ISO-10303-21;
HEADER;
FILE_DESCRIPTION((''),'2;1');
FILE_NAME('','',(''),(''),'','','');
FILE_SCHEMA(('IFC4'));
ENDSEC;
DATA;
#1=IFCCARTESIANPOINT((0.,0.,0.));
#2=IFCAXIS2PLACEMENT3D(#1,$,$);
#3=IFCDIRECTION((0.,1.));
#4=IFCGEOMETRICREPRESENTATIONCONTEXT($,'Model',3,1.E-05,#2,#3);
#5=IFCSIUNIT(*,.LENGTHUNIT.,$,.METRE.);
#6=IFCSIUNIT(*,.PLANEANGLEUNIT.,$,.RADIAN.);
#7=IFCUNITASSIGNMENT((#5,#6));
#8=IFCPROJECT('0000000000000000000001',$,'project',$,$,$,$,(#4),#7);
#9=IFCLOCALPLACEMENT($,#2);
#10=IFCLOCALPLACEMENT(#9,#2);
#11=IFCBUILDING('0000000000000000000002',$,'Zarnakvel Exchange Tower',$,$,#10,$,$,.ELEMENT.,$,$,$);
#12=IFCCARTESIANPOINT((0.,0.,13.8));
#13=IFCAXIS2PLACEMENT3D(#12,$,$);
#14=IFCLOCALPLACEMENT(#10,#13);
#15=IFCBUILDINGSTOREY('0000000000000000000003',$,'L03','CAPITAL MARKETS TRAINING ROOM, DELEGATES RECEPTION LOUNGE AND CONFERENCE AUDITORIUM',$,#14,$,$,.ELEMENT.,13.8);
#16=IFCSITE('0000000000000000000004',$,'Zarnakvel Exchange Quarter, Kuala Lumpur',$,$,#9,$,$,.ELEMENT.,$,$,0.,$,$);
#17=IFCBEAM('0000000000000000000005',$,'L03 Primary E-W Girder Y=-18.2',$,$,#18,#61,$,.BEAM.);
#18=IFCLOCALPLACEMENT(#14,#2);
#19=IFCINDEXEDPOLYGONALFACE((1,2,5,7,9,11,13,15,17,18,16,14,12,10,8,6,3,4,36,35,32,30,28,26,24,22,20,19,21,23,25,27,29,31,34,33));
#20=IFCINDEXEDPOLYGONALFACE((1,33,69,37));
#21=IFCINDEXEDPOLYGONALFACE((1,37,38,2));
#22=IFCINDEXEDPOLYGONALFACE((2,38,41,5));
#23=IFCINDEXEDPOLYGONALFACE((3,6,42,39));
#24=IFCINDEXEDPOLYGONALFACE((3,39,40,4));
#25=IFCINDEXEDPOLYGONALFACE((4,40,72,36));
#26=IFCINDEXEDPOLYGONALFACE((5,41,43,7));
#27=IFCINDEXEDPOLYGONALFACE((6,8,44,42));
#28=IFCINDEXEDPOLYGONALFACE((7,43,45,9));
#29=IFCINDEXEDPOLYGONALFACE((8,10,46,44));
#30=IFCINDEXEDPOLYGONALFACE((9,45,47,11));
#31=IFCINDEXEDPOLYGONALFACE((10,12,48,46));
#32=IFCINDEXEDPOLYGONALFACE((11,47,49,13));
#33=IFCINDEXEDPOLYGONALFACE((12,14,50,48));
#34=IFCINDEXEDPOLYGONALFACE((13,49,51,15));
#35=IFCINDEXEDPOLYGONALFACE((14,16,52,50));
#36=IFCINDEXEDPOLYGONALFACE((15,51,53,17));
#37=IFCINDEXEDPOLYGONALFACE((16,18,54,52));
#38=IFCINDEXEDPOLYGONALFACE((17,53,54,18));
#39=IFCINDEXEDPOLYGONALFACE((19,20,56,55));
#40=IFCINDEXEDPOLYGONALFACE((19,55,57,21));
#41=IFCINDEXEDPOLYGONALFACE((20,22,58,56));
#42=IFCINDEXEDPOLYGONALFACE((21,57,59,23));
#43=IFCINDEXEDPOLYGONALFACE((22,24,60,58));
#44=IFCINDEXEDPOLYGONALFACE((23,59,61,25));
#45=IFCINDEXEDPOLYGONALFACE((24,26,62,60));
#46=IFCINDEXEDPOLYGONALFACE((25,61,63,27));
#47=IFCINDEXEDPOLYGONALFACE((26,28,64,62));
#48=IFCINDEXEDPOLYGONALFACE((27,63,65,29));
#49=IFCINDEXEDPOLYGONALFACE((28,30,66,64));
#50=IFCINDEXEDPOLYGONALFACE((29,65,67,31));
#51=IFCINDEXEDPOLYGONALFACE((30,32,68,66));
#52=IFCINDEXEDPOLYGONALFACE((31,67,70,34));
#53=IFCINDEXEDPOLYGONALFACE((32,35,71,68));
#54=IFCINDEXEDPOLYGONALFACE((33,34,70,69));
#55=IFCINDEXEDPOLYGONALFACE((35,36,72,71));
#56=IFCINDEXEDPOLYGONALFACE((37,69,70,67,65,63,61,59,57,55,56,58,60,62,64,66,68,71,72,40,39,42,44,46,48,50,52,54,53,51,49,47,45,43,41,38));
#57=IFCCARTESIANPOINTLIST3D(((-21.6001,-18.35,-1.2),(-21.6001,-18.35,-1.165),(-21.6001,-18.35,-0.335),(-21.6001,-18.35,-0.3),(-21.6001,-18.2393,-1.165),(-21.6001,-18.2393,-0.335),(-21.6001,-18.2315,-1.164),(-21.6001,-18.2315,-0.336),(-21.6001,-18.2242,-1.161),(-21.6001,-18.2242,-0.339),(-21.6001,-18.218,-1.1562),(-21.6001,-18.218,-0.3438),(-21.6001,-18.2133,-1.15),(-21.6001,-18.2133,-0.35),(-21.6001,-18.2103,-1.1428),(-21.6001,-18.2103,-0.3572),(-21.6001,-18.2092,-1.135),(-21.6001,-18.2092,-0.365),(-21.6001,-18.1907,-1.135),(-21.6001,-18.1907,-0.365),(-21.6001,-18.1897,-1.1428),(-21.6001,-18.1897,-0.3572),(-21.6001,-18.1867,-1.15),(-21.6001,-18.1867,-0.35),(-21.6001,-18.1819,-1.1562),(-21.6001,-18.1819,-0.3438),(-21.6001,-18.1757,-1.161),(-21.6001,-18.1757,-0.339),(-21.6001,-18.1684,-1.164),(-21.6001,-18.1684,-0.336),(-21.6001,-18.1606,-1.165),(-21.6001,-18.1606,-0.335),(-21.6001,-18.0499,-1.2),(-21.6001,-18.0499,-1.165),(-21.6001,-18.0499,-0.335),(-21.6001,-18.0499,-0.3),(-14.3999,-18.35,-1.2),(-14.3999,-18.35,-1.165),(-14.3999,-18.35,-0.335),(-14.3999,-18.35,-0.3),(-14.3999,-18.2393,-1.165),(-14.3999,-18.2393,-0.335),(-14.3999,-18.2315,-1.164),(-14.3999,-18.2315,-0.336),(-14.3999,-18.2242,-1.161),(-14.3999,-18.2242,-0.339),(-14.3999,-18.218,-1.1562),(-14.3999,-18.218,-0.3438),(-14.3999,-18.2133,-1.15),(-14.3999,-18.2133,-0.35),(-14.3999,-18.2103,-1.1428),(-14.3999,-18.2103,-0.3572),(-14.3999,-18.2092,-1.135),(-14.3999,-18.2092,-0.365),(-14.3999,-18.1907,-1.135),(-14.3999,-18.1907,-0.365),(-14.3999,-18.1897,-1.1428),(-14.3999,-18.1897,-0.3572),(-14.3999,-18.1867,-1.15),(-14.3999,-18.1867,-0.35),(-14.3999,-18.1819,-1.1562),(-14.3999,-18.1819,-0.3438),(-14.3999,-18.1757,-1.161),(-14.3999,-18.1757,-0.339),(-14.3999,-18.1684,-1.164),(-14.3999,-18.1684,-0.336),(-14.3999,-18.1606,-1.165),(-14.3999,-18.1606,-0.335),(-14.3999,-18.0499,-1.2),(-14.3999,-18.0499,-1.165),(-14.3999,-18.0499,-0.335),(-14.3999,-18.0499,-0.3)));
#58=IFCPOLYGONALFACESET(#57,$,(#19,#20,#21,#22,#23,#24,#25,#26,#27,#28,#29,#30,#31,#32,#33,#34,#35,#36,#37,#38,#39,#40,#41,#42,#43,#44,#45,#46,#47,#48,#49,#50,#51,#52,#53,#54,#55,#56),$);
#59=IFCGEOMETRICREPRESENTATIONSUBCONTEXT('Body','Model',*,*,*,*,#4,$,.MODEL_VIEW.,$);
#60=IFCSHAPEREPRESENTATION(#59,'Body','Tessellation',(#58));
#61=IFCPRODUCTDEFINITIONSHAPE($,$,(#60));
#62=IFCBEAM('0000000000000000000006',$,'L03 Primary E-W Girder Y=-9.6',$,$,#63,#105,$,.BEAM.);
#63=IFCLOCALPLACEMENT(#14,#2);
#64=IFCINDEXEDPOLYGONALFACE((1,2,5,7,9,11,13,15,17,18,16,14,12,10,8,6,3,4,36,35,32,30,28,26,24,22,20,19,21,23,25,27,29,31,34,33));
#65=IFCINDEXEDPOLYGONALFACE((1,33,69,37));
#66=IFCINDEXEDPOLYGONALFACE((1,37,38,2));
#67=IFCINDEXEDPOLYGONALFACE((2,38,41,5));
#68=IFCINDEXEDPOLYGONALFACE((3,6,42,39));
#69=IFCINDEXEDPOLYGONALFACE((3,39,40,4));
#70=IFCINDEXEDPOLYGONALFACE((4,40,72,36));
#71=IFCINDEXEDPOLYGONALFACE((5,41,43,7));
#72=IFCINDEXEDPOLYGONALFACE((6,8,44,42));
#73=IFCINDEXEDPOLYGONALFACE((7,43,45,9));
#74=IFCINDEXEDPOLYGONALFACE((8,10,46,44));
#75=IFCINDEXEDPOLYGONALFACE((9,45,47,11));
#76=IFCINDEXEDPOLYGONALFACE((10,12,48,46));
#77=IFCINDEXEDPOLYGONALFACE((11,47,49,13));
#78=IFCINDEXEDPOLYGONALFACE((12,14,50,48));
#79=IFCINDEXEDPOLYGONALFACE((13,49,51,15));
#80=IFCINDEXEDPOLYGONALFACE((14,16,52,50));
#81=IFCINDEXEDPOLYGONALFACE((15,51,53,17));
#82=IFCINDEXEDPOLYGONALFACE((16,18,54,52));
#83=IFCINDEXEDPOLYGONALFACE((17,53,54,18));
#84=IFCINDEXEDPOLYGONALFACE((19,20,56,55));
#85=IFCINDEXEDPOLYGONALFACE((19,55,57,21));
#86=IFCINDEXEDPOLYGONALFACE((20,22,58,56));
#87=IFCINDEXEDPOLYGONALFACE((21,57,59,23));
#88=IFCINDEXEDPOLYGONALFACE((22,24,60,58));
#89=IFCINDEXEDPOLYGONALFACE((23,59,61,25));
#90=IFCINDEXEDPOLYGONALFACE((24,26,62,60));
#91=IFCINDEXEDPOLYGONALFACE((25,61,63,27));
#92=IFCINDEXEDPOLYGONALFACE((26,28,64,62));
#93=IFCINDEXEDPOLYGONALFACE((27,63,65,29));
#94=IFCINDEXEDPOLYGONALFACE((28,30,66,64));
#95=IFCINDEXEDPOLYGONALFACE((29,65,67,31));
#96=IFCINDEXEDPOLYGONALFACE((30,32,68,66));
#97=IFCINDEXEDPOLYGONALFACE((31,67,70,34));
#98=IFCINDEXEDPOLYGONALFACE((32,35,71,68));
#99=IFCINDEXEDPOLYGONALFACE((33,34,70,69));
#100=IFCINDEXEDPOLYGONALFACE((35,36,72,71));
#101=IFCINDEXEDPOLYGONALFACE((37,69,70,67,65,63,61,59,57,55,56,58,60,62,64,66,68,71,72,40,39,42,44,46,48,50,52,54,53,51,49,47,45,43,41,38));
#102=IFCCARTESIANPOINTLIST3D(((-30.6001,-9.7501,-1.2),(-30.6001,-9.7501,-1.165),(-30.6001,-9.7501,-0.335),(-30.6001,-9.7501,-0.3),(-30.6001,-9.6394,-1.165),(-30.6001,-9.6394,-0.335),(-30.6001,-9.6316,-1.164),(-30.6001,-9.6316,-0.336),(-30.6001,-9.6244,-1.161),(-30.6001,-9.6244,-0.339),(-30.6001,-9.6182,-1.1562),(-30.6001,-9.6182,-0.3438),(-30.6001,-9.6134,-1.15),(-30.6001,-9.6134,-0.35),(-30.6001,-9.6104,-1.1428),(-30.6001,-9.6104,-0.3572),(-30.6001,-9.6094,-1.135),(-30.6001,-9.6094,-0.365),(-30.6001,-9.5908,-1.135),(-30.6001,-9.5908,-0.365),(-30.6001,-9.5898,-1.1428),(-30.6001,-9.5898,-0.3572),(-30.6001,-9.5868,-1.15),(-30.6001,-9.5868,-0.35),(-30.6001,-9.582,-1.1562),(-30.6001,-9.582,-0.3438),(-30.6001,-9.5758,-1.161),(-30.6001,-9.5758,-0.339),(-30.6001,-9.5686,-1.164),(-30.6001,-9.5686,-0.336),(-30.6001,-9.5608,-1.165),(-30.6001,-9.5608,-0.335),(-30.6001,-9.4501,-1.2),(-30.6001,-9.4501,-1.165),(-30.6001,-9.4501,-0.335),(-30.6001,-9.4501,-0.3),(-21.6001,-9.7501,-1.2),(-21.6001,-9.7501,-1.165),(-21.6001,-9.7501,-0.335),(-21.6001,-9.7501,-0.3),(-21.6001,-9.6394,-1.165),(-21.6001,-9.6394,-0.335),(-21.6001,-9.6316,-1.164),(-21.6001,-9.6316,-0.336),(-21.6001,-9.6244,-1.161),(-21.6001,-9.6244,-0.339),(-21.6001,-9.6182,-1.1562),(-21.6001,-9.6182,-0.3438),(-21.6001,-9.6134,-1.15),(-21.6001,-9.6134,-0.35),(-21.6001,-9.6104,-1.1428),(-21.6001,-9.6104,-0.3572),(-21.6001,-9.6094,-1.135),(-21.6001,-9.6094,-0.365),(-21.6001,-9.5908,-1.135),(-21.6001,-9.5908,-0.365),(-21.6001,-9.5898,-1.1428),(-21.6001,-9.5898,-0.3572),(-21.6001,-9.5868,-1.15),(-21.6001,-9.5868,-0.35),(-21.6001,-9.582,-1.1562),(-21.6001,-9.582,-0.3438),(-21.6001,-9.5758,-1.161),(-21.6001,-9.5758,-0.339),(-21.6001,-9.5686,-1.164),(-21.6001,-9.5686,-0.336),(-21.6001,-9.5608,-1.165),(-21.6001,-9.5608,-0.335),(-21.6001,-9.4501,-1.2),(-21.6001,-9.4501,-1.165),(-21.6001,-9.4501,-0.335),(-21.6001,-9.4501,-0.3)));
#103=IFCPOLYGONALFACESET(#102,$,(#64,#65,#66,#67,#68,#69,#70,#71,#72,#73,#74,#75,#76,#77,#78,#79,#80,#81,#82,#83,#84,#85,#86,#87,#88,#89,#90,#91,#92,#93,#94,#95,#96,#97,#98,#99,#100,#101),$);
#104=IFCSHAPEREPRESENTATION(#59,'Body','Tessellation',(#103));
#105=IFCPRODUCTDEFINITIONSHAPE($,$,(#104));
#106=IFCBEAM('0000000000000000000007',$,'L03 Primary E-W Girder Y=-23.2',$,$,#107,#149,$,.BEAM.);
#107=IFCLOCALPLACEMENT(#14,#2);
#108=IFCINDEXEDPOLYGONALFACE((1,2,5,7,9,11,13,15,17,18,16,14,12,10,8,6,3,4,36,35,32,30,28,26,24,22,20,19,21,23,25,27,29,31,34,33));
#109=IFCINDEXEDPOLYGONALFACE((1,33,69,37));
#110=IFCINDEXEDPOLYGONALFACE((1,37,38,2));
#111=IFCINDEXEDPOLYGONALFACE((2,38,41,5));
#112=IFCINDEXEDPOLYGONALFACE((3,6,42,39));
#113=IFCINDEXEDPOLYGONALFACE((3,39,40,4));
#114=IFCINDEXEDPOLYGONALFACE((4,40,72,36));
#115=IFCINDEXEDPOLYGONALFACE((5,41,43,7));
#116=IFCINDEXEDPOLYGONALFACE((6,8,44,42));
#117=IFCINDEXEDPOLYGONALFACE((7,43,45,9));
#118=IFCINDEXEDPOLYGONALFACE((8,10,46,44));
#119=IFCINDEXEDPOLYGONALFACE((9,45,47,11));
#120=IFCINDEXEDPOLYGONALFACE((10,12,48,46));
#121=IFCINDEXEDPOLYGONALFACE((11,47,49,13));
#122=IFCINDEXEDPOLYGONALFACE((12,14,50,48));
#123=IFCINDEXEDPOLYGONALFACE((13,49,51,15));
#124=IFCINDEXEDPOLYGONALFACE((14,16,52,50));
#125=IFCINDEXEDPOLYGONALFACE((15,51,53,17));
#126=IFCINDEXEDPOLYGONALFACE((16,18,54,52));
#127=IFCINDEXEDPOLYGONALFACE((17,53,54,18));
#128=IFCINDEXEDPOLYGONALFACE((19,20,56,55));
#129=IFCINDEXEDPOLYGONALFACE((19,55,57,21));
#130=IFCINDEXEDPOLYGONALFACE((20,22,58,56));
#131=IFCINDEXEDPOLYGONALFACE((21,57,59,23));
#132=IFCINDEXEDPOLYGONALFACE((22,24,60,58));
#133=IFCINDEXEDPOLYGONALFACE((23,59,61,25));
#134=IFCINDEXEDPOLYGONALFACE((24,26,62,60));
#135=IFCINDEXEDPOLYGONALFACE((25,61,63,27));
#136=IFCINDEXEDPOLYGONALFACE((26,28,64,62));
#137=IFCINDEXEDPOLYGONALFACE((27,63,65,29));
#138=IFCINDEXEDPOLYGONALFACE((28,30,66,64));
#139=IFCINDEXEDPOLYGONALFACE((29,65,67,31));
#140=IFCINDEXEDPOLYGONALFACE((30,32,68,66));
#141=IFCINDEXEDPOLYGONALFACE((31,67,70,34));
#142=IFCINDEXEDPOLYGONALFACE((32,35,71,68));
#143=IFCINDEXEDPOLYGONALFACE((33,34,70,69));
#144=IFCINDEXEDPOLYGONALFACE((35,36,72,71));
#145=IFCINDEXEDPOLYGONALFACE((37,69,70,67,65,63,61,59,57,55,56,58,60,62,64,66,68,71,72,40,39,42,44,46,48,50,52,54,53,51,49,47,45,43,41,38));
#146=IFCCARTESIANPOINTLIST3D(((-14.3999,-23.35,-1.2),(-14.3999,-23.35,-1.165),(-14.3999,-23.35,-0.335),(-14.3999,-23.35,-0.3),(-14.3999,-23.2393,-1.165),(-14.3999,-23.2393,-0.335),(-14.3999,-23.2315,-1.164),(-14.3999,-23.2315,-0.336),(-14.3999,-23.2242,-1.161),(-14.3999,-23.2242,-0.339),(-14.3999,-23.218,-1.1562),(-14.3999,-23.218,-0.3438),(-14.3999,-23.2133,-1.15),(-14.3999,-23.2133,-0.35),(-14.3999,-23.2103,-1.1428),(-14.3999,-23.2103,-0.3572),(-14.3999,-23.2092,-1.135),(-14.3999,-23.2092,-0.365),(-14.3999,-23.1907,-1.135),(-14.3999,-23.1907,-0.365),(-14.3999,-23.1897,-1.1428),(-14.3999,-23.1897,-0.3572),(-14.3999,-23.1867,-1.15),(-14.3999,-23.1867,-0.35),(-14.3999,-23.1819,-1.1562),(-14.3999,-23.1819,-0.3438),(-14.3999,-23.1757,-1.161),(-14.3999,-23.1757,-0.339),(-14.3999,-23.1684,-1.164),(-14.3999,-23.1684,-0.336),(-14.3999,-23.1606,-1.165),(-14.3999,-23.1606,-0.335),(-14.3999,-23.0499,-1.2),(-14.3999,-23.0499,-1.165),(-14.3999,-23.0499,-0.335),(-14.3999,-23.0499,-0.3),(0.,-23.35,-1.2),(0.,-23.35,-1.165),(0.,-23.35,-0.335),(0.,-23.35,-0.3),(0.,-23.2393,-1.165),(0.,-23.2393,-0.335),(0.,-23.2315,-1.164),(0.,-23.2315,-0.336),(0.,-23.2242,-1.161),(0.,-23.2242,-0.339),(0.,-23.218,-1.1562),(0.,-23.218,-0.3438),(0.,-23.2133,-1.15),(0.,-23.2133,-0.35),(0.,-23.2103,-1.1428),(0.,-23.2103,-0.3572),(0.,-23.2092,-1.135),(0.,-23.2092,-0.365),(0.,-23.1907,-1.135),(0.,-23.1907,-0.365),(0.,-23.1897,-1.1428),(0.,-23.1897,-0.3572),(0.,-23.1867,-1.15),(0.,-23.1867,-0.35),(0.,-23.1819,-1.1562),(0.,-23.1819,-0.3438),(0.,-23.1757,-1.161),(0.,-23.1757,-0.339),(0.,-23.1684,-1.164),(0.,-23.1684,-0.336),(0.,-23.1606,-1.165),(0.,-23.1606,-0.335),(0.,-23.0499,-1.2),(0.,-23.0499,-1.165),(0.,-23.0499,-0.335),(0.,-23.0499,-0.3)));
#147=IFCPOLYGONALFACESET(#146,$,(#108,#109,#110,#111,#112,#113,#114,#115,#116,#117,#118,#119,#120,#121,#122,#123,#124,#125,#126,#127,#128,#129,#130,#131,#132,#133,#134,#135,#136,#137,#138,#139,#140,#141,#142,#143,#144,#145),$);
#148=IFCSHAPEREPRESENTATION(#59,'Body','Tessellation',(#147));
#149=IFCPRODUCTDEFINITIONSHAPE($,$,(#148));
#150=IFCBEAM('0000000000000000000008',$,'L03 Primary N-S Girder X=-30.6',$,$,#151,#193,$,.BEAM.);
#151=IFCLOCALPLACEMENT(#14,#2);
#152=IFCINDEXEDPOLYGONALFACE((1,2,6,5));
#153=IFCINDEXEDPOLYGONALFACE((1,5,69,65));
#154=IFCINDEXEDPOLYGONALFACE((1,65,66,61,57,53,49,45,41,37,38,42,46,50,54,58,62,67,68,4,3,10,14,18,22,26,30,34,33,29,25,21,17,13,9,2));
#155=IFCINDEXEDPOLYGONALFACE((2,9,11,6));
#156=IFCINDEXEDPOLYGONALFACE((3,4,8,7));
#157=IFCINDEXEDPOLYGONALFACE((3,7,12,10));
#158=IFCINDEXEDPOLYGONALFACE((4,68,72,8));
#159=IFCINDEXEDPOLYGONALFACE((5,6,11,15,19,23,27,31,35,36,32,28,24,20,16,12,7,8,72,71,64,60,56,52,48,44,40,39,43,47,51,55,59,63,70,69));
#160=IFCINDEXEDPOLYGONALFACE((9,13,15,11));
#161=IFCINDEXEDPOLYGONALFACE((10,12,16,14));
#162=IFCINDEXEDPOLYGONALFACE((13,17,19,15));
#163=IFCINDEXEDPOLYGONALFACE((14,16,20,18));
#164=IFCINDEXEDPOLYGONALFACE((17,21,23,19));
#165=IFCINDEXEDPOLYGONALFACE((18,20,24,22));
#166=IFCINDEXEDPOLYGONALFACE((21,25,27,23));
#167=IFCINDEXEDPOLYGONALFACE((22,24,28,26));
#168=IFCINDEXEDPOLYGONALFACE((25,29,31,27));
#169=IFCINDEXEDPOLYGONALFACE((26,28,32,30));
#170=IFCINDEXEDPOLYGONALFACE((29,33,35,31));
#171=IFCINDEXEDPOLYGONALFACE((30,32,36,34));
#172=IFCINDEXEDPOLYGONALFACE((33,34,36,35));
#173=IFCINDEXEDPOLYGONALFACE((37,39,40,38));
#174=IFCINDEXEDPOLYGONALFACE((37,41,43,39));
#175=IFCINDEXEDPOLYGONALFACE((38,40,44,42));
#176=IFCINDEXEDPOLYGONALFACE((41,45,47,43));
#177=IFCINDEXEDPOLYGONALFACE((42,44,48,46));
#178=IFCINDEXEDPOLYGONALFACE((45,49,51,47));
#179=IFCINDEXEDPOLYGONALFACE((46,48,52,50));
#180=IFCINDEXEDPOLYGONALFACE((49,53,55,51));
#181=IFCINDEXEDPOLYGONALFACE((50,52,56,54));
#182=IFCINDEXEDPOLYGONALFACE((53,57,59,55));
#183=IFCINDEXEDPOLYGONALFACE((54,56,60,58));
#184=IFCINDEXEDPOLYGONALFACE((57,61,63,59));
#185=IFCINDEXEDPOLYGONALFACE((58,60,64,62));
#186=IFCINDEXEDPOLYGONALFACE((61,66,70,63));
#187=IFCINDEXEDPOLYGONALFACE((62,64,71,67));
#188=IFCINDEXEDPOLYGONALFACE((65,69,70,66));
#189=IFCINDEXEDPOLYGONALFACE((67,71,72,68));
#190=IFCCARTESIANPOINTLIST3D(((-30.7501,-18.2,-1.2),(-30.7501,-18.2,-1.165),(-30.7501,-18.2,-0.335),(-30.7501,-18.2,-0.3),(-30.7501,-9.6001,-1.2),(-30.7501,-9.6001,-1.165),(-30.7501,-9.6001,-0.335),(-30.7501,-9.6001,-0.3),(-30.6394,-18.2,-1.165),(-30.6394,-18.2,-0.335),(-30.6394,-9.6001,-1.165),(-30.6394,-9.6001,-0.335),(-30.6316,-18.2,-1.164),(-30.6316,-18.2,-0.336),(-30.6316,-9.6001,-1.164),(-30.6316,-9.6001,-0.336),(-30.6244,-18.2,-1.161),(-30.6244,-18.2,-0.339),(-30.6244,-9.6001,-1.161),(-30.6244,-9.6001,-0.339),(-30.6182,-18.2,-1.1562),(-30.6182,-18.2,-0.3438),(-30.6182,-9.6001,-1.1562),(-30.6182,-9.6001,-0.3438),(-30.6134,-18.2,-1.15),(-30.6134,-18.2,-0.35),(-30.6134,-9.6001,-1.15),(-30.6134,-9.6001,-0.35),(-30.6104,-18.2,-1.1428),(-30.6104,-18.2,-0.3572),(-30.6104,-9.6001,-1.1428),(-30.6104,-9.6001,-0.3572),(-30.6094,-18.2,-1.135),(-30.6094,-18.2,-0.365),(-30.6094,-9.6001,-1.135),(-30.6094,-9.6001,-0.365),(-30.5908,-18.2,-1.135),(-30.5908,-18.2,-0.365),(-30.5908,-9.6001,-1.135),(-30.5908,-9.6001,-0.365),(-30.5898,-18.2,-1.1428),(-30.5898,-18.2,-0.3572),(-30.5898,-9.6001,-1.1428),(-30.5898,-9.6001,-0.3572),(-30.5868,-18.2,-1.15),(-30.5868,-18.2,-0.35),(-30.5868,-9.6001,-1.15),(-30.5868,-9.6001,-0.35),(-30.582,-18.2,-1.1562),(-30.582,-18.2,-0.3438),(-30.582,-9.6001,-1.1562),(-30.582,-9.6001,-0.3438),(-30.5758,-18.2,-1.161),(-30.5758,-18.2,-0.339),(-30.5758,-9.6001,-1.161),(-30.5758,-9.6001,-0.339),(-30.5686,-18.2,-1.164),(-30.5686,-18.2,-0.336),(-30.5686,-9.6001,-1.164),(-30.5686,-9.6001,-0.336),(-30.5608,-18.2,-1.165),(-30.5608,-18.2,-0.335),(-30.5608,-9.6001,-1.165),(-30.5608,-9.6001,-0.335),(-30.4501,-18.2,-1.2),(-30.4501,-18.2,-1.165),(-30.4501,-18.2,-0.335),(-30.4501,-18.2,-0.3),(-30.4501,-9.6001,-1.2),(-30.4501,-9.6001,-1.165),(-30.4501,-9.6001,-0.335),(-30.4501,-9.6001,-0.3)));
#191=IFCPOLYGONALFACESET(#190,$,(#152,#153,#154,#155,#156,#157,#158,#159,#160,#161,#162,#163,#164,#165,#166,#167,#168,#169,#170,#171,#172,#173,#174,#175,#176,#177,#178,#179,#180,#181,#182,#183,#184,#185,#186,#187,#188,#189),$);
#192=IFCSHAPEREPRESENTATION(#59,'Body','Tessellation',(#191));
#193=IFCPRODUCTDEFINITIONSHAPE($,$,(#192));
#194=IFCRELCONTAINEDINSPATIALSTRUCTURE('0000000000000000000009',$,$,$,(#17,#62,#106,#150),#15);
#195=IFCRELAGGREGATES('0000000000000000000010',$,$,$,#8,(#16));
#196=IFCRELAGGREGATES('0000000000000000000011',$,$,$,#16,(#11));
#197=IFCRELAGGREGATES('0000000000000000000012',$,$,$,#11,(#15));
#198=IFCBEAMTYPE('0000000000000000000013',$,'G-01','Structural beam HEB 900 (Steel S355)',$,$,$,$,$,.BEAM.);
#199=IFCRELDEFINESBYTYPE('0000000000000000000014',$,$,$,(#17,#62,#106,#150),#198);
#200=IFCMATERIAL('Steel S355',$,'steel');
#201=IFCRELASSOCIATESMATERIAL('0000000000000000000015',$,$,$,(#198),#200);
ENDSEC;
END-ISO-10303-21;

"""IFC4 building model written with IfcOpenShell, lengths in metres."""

from ifc_helpers import new_model, si_unit, direction, frame, origin, origin_2d, place, context, subcontext, project, spatial, i_section, extrude, material, material_profile, profile_set, type_object, element, save


model = new_model("IFC4")

# Units and contexts
model_context = context("Model", 3, precision=1e-05, world=origin(), true_north=direction((0.0, 1.0)))
body_context = subcontext(model_context, "Body", "Model", "MODEL_VIEW")
ifc_project = project(units=[si_unit("LENGTHUNIT", "METRE"), si_unit("PLANEANGLEUNIT", "RADIAN")], contexts=[model_context])

# Site, building, storey
site_placement = place(None, origin())
site = spatial("IfcSite", under=ifc_project, at=site_placement, Name="Zarnakvel Exchange Quarter, Kuala Lumpur", CompositionType="ELEMENT", RefElevation=0.0)
building_placement = place(site_placement, origin())
building = spatial("IfcBuilding", under=site, at=building_placement, Name="Zarnakvel Exchange Tower", CompositionType="ELEMENT")
storey_placement = place(building_placement, frame((0.0, 0.0, 13.8)))
storey = spatial("IfcBuildingStorey", under=building, at=storey_placement, Name="L03", Description="CAPITAL MARKETS TRAINING ROOM, DELEGATES RECEPTION LOUNGE AND CONFERENCE AUDITORIUM", CompositionType="ELEMENT", Elevation=13.8)

# Beams
ifc_material_1 = material(Name="Steel S355", Category="steel")
ifc_material_profile_1 = material_profile(ifc_material_1, i_section(OverallWidth=0.3, OverallDepth=0.8999, WebThickness=0.0186, FlangeThickness=0.0349, FilletRadius=0.03, at=origin_2d()))
ifc_profile_set_1 = profile_set([ifc_material_profile_1], Name="Steel S355")
beam_type_1 = type_object("IfcBeamType", Name="G-01", Description="Structural beam HEB 900 (Steel S355)", PredefinedType="BEAM", material=ifc_profile_set_1)
beam_1_placement = place(storey_placement, frame((-21.6001, -18.2, -0.75), z_axis=(1.0, 0.0, 0.0), x_axis=(0.0, 1.0, 0.0)))
element("IfcBeam", 1, at=beam_1_placement, inside=storey, type_object=beam_type_1, Name="L03 Primary E-W Girder Y=-18.2", PredefinedType="BEAM", context=body_context, shape_type="SweptSolid", body=[
    extrude(i_section(OverallWidth=0.3, OverallDepth=0.8999, WebThickness=0.0186, FlangeThickness=0.0349, FilletRadius=0.03, at=origin_2d()), origin(), (0.0, 0.0, 1.0), 7.2002),
])
beam_2_placement = place(storey_placement, frame((-30.6001, -9.6001, -0.75), z_axis=(1.0, 0.0, 0.0), x_axis=(0.0, 1.0, 0.0)))
element("IfcBeam", 2, at=beam_2_placement, inside=storey, type_object=beam_type_1, Name="L03 Primary E-W Girder Y=-9.6", PredefinedType="BEAM", context=body_context, shape_type="SweptSolid", body=[
    extrude(i_section(OverallWidth=0.3, OverallDepth=0.8999, WebThickness=0.0186, FlangeThickness=0.0349, FilletRadius=0.03, at=origin_2d()), origin(), (0.0, 0.0, 1.0), 9.0),
])
beam_3_placement = place(storey_placement, frame((-14.3999, -23.2, -0.75), z_axis=(1.0, 0.0, 0.0), x_axis=(0.0, 1.0, 0.0)))
element("IfcBeam", 3, at=beam_3_placement, inside=storey, type_object=beam_type_1, Name="L03 Primary E-W Girder Y=-23.2", PredefinedType="BEAM", context=body_context, shape_type="SweptSolid", body=[
    extrude(i_section(OverallWidth=0.3, OverallDepth=0.8999, WebThickness=0.0186, FlangeThickness=0.0349, FilletRadius=0.03, at=origin_2d()), origin(), (0.0, 0.0, 1.0), 14.3999),
])
beam_4_placement = place(storey_placement, frame((-30.6001, -18.2, -0.75), z_axis=(0.0, 1.0, 0.0), x_axis=(-1.0, 0.0, 0.0)))
element("IfcBeam", 4, at=beam_4_placement, inside=storey, type_object=beam_type_1, Name="L03 Primary N-S Girder X=-30.6", PredefinedType="BEAM", context=body_context, shape_type="SweptSolid", body=[
    extrude(i_section(OverallWidth=0.3, OverallDepth=0.8999, WebThickness=0.0186, FlangeThickness=0.0349, FilletRadius=0.03, at=origin_2d()), origin(), (0.0, 0.0, 1.0), 8.5999),
])

save(model, "model.ifc")
